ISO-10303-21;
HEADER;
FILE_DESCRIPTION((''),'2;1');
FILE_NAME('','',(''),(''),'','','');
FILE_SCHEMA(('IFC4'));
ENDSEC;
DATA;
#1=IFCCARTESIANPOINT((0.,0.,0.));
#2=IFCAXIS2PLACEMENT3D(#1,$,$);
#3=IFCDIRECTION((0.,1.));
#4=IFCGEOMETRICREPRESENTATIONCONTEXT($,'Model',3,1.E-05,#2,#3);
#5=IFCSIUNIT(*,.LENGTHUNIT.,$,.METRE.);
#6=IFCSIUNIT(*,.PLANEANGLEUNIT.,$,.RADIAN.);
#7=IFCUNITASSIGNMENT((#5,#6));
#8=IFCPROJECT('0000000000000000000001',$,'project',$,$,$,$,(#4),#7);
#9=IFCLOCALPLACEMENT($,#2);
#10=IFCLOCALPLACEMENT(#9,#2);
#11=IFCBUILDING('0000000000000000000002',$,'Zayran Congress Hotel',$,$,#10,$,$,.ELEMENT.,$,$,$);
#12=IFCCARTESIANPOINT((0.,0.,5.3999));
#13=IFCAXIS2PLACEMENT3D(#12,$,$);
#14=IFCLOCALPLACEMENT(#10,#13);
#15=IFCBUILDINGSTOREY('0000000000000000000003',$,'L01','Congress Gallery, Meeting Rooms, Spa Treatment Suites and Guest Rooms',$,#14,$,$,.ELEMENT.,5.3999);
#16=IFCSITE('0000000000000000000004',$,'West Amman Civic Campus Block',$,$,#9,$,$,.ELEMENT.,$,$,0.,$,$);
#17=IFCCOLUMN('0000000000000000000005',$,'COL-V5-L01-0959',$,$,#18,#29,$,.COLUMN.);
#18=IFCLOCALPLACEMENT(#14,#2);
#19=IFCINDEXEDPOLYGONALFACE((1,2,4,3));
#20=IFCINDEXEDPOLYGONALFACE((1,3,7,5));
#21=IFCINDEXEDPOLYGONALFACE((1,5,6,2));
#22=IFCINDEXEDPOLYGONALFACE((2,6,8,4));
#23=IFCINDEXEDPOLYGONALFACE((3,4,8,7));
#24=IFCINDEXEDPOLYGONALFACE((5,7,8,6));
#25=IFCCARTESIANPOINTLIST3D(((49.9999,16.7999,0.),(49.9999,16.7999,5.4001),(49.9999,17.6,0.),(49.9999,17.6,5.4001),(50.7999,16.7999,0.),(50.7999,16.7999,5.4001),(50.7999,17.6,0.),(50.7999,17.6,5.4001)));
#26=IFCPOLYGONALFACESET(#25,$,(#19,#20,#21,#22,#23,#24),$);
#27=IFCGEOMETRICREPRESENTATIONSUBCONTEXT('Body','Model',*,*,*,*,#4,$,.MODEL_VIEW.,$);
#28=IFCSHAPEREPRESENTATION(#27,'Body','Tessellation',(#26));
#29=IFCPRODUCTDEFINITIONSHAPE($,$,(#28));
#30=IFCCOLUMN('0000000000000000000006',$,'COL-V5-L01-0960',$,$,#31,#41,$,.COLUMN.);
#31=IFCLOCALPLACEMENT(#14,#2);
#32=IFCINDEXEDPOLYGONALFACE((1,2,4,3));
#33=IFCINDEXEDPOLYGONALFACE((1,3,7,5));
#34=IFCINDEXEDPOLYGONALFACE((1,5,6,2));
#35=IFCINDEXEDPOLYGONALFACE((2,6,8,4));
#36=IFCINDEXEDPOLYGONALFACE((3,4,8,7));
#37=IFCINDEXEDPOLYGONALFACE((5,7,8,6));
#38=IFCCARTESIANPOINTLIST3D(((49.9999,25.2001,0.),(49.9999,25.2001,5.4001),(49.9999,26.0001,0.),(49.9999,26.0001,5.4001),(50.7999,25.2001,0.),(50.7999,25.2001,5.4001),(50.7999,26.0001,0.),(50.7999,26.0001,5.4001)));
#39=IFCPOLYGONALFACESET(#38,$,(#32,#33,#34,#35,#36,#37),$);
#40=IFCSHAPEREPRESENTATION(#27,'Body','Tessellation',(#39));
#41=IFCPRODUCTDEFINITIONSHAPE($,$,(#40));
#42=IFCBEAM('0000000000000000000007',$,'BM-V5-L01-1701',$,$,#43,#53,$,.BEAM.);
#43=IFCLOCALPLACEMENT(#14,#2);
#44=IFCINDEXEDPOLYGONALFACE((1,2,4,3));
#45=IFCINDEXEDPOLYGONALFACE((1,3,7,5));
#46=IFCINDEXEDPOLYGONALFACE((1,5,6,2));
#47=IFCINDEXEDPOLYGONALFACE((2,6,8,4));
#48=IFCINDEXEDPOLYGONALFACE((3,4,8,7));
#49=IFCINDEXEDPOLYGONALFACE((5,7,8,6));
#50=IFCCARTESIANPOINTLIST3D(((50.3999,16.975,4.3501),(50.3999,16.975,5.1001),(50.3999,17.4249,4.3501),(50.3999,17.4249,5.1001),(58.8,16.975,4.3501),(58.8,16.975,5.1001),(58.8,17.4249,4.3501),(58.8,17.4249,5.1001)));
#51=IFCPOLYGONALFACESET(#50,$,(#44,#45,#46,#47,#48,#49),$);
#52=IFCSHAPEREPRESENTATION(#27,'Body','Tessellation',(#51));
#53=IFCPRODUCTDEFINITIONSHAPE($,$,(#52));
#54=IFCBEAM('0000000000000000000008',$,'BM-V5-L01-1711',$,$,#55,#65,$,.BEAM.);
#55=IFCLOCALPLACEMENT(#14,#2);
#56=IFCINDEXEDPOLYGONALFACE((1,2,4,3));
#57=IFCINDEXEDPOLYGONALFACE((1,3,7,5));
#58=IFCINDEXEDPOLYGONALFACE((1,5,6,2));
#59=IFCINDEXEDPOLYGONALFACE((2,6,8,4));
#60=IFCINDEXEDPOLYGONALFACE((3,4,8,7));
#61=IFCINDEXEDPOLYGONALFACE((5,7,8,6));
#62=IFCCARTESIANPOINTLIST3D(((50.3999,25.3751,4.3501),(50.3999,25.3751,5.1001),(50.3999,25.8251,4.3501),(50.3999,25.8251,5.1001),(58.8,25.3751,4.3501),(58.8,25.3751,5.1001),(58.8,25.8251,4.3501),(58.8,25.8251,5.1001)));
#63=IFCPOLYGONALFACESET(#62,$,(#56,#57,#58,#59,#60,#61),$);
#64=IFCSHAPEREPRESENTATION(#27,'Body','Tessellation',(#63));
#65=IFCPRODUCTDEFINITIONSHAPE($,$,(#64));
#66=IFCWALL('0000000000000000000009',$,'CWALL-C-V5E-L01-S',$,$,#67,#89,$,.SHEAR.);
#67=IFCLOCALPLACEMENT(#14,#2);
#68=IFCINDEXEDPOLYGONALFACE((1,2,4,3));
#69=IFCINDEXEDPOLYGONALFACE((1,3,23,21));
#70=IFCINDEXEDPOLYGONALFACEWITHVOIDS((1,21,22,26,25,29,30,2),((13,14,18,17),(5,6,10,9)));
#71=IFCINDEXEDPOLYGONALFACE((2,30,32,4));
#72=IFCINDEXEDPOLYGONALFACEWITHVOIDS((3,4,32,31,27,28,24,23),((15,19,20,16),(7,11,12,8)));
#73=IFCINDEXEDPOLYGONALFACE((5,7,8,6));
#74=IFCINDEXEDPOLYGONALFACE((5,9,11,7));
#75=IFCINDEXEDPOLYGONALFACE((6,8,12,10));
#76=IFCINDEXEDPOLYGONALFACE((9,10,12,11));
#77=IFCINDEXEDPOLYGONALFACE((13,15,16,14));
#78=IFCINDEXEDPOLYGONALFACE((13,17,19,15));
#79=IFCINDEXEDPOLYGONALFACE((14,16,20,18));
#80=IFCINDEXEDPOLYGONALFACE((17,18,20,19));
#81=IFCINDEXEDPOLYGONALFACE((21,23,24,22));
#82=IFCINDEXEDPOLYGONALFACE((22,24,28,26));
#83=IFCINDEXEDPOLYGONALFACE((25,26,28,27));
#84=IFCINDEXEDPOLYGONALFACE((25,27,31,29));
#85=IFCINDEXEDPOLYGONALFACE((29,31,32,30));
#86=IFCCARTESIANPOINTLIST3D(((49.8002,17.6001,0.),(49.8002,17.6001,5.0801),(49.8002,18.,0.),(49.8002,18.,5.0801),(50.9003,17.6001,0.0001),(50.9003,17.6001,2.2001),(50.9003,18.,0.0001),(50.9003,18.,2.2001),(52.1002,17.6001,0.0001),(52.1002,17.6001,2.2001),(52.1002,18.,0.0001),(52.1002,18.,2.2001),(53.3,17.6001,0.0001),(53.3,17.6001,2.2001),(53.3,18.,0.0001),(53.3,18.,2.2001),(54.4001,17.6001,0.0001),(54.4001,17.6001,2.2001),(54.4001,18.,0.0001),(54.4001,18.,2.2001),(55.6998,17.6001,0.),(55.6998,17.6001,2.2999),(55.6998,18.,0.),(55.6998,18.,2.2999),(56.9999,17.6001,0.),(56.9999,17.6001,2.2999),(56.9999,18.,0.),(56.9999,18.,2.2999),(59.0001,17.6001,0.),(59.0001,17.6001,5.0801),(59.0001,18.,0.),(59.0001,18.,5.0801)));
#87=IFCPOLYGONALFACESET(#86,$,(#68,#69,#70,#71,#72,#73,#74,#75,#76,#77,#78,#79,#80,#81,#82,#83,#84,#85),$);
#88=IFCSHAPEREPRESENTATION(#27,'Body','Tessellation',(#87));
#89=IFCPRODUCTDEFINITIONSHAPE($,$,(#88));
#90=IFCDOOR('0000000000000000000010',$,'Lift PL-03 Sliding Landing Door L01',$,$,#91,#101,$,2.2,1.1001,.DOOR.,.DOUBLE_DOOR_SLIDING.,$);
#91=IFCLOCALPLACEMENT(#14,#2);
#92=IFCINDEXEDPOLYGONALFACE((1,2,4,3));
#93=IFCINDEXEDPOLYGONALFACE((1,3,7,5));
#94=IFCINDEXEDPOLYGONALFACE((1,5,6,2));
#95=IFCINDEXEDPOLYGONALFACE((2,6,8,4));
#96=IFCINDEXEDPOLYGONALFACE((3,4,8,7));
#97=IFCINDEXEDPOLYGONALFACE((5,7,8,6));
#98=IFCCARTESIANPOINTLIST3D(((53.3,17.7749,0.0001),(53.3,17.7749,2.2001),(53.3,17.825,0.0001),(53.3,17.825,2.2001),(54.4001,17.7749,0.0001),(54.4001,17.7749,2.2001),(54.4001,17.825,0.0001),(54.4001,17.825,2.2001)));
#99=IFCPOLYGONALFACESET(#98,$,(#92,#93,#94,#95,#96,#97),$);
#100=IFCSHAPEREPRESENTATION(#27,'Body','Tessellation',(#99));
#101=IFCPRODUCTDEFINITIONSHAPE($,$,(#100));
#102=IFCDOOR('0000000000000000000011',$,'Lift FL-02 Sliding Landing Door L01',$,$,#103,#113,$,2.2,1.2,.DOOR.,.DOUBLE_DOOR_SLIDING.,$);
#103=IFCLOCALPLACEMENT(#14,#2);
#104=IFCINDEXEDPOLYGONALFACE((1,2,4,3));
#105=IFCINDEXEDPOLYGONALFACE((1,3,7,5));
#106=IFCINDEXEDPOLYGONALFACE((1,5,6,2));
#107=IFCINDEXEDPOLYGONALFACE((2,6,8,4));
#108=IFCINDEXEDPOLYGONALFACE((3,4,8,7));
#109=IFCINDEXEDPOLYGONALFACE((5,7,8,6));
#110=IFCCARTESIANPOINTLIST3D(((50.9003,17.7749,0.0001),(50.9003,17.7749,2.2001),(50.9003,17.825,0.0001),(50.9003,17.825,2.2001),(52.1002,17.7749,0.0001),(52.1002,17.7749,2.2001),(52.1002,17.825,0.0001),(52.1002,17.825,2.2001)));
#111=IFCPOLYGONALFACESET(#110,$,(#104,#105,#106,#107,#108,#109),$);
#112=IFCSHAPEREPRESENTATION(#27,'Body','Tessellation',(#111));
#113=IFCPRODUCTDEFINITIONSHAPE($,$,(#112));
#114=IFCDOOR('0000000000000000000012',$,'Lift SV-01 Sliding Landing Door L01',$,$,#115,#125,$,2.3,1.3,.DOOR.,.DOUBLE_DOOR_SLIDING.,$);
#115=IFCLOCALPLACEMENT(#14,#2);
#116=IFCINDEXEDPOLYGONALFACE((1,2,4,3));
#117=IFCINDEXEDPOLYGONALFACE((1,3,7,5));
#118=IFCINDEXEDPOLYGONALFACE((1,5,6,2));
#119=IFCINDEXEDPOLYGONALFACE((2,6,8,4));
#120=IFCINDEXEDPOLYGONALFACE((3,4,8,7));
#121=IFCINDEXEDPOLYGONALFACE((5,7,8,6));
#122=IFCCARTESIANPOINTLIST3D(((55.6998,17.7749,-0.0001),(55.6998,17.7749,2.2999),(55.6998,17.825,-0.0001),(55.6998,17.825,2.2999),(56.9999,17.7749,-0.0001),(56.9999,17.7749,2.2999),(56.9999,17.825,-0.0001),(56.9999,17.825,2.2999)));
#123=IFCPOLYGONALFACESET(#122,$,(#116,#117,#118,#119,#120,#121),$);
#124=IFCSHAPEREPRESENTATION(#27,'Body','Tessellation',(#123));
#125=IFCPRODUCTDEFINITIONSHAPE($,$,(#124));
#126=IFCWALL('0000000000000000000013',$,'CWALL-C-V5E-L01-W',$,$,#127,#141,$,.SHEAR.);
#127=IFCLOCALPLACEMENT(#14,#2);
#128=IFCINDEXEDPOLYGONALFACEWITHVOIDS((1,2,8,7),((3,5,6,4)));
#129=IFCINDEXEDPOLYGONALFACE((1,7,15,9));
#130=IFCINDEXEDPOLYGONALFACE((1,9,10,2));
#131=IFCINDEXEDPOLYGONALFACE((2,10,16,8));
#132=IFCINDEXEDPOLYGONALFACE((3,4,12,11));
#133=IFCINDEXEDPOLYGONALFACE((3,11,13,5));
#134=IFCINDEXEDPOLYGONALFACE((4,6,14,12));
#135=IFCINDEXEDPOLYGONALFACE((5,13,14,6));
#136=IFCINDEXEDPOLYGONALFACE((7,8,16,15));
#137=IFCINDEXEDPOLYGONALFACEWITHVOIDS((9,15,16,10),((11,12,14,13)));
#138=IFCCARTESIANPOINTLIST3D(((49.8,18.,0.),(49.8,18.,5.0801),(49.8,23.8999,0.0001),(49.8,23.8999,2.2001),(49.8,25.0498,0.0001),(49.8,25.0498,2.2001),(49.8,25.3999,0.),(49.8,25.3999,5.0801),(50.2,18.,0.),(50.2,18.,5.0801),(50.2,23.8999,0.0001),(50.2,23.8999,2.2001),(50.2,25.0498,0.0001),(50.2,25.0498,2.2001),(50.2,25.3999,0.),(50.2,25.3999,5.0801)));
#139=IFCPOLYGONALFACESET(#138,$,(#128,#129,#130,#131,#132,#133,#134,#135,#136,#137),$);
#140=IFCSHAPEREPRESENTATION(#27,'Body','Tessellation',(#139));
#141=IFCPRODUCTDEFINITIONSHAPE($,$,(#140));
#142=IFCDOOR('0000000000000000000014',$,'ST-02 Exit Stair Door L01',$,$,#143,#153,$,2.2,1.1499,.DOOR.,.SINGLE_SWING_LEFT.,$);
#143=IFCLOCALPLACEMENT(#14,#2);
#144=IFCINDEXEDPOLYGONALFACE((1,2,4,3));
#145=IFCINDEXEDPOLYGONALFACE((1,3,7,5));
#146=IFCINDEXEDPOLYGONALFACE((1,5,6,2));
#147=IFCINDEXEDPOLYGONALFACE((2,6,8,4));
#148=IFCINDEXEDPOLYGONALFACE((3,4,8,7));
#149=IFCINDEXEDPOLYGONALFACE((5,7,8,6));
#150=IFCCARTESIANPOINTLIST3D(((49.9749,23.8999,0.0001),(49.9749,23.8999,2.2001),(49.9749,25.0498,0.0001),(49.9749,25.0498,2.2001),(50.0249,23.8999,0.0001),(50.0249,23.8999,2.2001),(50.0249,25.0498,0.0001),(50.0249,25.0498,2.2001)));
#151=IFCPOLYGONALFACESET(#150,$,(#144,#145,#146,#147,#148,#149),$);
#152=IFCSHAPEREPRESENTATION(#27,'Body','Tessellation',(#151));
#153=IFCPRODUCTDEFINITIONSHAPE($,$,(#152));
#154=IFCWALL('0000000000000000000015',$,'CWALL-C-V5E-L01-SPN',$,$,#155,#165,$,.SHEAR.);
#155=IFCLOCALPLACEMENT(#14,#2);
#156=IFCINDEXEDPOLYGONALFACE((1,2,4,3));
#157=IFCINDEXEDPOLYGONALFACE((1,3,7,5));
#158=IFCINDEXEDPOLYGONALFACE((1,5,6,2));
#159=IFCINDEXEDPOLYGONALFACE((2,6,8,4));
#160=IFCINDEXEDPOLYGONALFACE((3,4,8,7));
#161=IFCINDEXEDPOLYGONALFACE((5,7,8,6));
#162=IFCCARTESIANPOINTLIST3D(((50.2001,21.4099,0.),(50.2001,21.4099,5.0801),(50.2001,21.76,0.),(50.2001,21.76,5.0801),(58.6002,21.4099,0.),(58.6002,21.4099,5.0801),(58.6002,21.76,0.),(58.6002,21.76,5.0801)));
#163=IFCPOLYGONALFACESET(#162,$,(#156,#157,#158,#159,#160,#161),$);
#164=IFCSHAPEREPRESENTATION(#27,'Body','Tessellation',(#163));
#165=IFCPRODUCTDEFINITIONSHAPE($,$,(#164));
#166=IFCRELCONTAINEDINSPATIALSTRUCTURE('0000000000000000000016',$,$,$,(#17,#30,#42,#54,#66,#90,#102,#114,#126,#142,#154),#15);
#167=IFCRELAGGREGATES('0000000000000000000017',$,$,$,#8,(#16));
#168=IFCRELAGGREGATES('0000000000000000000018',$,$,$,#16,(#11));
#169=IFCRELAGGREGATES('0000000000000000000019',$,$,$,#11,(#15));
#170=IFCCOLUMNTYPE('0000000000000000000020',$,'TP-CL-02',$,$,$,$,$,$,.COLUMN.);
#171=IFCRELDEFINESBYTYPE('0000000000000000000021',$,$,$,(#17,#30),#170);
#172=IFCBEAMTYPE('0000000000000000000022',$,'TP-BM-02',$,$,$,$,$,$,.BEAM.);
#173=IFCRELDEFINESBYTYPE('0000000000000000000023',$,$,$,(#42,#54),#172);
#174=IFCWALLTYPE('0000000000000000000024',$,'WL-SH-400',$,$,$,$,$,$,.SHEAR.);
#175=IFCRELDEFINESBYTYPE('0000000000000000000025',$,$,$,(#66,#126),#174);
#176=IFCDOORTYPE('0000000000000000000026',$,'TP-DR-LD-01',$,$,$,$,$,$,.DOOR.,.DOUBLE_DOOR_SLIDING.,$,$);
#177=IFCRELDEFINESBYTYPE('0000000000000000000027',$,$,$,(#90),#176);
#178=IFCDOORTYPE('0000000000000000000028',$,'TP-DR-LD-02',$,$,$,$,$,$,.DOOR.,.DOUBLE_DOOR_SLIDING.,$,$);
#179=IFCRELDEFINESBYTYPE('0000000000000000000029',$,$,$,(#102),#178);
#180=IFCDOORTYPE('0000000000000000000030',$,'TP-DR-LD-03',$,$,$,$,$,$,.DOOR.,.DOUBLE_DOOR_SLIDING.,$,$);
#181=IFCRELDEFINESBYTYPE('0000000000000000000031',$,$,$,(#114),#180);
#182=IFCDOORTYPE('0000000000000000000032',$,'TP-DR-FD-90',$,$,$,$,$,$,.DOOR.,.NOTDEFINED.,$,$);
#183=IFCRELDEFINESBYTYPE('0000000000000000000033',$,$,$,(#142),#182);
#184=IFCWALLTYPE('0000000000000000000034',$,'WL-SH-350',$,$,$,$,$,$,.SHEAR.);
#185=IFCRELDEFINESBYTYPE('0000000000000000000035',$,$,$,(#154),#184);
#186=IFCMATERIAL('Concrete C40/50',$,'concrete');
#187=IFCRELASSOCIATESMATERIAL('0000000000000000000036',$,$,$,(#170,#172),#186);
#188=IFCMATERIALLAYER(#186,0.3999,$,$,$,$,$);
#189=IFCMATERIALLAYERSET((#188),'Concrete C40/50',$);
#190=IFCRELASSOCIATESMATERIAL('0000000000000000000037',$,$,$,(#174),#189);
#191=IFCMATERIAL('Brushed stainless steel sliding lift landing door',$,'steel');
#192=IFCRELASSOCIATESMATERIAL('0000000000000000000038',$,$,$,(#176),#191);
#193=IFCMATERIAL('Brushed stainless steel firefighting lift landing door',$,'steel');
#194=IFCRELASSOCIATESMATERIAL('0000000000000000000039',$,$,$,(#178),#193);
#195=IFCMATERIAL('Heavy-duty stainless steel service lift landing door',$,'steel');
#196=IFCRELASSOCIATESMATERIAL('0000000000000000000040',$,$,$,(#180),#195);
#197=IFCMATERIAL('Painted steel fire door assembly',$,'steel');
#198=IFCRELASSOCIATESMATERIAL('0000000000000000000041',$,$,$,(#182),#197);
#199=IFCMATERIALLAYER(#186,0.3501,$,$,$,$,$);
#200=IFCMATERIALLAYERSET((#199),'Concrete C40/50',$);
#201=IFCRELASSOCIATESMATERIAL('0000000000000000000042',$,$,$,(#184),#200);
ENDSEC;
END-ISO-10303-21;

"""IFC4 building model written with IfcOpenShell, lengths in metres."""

from ifc_helpers import new_model, si_unit, direction, frame, frame_2d, origin, origin_2d, place, context, subcontext, project, spatial, rectangle, extrude, material, layer, layer_set, material_profile, profile_set, type_object, element, fill, save


model = new_model("IFC4")

# Units and contexts
model_context = context("Model", 3, precision=1e-05, world=origin(), true_north=direction((0.0, 1.0)))
body_context = subcontext(model_context, "Body", "Model", "MODEL_VIEW")
ifc_project = project(units=[si_unit("LENGTHUNIT", "METRE"), si_unit("PLANEANGLEUNIT", "RADIAN")], contexts=[model_context])

# Site, building, storey
site_placement = place(None, origin())
site = spatial("IfcSite", under=ifc_project, at=site_placement, Name="West Amman Civic Campus Block", CompositionType="ELEMENT", RefElevation=0.0)
building_placement = place(site_placement, origin())
building = spatial("IfcBuilding", under=site, at=building_placement, Name="Zayran Congress Hotel", CompositionType="ELEMENT")
storey_placement = place(building_placement, frame((0.0, 0.0, 5.3999)))
storey = spatial("IfcBuildingStorey", under=building, at=storey_placement, Name="L01", Description="Congress Gallery, Meeting Rooms, Spa Treatment Suites and Guest Rooms", CompositionType="ELEMENT", Elevation=5.3999)

# Columns
ifc_material_1 = material(Name="Concrete C40/50", Category="concrete")
ifc_material_profile_1 = material_profile(ifc_material_1, rectangle(XDim=0.8, YDim=0.8, at=origin_2d()), Name="RC 800x800")
ifc_profile_set_1 = profile_set([ifc_material_profile_1], Name="Concrete C40/50")
column_type = type_object("IfcColumnType", Name="TP-CL-02", PredefinedType="COLUMN", material=ifc_profile_set_1)
for number, where, z_axis, x_axis, name in (
    (1, (50.3999, 17.2, 0.0), (0.0, 0.0, 1.0), (1.0, 0.0, 0.0), "COL-V5-L01-0959"),
    (2, (50.3999, 25.6001, 0.0), (0.0, 0.0, 1.0), (1.0, 0.0, 0.0), "COL-V5-L01-0960"),
):
    element("IfcColumn", number, at=place(storey_placement, frame(where, z_axis=z_axis, x_axis=x_axis)), inside=storey, type_object=column_type, Name=name, PredefinedType="COLUMN", context=body_context, shape_type="SweptSolid", body=[
        extrude(rectangle(XDim=0.8, YDim=0.8, at=origin_2d()), origin(), (0.0, 0.0, 1.0), 5.4001),
    ])

# Beams
ifc_material_profile_2 = material_profile(ifc_material_1, rectangle(XDim=0.45, YDim=0.75, at=origin_2d()), Name="RC 450x750")
ifc_profile_set_2 = profile_set([ifc_material_profile_2], Name="Concrete C40/50")
beam_type = type_object("IfcBeamType", Name="TP-BM-02", PredefinedType="BEAM", material=ifc_profile_set_2)
for number, where, z_axis, x_axis, name in (
    (3, (50.3999, 17.2, 4.7251), (1.0, 0.0, 0.0), (0.0, 1.0, 0.0), "BM-V5-L01-1701"),
    (4, (50.3999, 25.6001, 4.7251), (1.0, 0.0, 0.0), (0.0, 1.0, 0.0), "BM-V5-L01-1711"),
):
    element("IfcBeam", number, at=place(storey_placement, frame(where, z_axis=z_axis, x_axis=x_axis)), inside=storey, type_object=beam_type, Name=name, PredefinedType="BEAM", context=body_context, shape_type="SweptSolid", body=[
        extrude(rectangle(XDim=0.45, YDim=0.75, at=origin_2d()), origin(), (0.0, 0.0, 1.0), 8.4001),
    ])

# Wall, openings, doors
ifc_layer_1 = layer(ifc_material_1, 0.3999)
ifc_layer_set_1 = layer_set([ifc_layer_1], Name="Concrete C40/50")
wall_type_1 = type_object("IfcWallType", Name="WL-SH-400", PredefinedType="SHEAR", material=ifc_layer_set_1)
wall_1_placement = place(storey_placement, frame((49.8, 17.8, 0.0), z_axis=(0.0, 0.0, 1.0), x_axis=(1.0, 0.0, 0.0)))
wall_1 = element("IfcWall", 5, at=wall_1_placement, inside=storey, type_object=wall_type_1, Name="CWALL-C-V5E-L01-S", PredefinedType="SHEAR", context=body_context, shape_type="SweptSolid", body=[
    extrude(rectangle(XDim=9.2, YDim=0.3999, at=frame_2d((4.6001, 0.0))), origin(), (0.0, 0.0, 1.0), 5.0801),
])
opening_1_placement = place(wall_1_placement, frame((1.1001, 0.0, 0.0)))
opening_1 = element("IfcOpeningElement", 6, at=opening_1_placement, cuts=wall_1, PredefinedType="OPENING", context=body_context, shape_type="SweptSolid", body=[
    extrude(rectangle(XDim=1.2, YDim=2.2, at=frame_2d((0.6001, 1.1001))), frame((0.0, 0.21, 0.0), z_axis=(0.0, -1.0, 0.0), x_axis=(1.0, 0.0, 0.0)), (0.0, 0.0, 1.0), 0.4199),
])
opening_2_placement = place(wall_1_placement, frame((3.5, 0.0, 0.0)))
opening_2 = element("IfcOpeningElement", 7, at=opening_2_placement, cuts=wall_1, PredefinedType="OPENING", context=body_context, shape_type="SweptSolid", body=[
    extrude(rectangle(XDim=1.1001, YDim=2.2, at=frame_2d((0.55, 1.1001))), frame((0.0, 0.21, 0.0), z_axis=(0.0, -1.0, 0.0), x_axis=(1.0, 0.0, 0.0)), (0.0, 0.0, 1.0), 0.4199),
])
opening_3_placement = place(wall_1_placement, frame((5.8999, 0.0, 0.0)))
opening_3 = element("IfcOpeningElement", 8, at=opening_3_placement, cuts=wall_1, PredefinedType="OPENING", context=body_context, shape_type="SweptSolid", body=[
    extrude(rectangle(XDim=1.3, YDim=2.3, at=frame_2d((0.6499, 1.1499))), frame((0.0, 0.21, 0.0), z_axis=(0.0, -1.0, 0.0), x_axis=(1.0, 0.0, 0.0)), (0.0, 0.0, 1.0), 0.4199),
])
ifc_material_2 = material(Name="Brushed stainless steel sliding lift landing door", Category="steel")
door_type_1 = type_object("IfcDoorType", Name="TP-DR-LD-01", OperationType="DOUBLE_DOOR_SLIDING", PredefinedType="DOOR", material=ifc_material_2)
door_1_placement = place(opening_2_placement, origin())
door_1 = element("IfcDoor", 9, at=door_1_placement, inside=storey, type_object=door_type_1, Name="Lift PL-03 Sliding Landing Door L01", OperationType="DOUBLE_DOOR_SLIDING", OverallHeight=2.2, OverallWidth=1.1001, PredefinedType="DOOR", context=body_context, shape_type="SweptSolid", body=[
    extrude(rectangle(XDim=1.1001, YDim=2.2, at=frame_2d((0.55, 1.1001))), frame((0.0, 0.0249, 0.0), z_axis=(0.0, -1.0, 0.0), x_axis=(1.0, 0.0, 0.0)), (0.0, 0.0, 1.0), 0.05),
])
fill(opening_2, door_1)
ifc_material_3 = material(Name="Brushed stainless steel firefighting lift landing door", Category="steel")
door_type_2 = type_object("IfcDoorType", Name="TP-DR-LD-02", OperationType="DOUBLE_DOOR_SLIDING", PredefinedType="DOOR", material=ifc_material_3)
door_2_placement = place(opening_1_placement, origin())
door_2 = element("IfcDoor", 10, at=door_2_placement, inside=storey, type_object=door_type_2, Name="Lift FL-02 Sliding Landing Door L01", OperationType="DOUBLE_DOOR_SLIDING", OverallHeight=2.2, OverallWidth=1.2, PredefinedType="DOOR", context=body_context, shape_type="SweptSolid", body=[
    extrude(rectangle(XDim=1.2, YDim=2.2, at=frame_2d((0.6001, 1.1001))), frame((0.0, 0.0249, 0.0), z_axis=(0.0, -1.0, 0.0), x_axis=(1.0, 0.0, 0.0)), (0.0, 0.0, 1.0), 0.05),
])
fill(opening_1, door_2)
ifc_material_4 = material(Name="Heavy-duty stainless steel service lift landing door", Category="steel")
door_type_3 = type_object("IfcDoorType", Name="TP-DR-LD-03", OperationType="DOUBLE_DOOR_SLIDING", PredefinedType="DOOR", material=ifc_material_4)
door_3_placement = place(opening_3_placement, origin())
door_3 = element("IfcDoor", 11, at=door_3_placement, inside=storey, type_object=door_type_3, Name="Lift SV-01 Sliding Landing Door L01", OperationType="DOUBLE_DOOR_SLIDING", OverallHeight=2.3, OverallWidth=1.3, PredefinedType="DOOR", context=body_context, shape_type="SweptSolid", body=[
    extrude(rectangle(XDim=1.3, YDim=2.3, at=frame_2d((0.6499, 1.1499))), frame((0.0, 0.0249, 0.0), z_axis=(0.0, -1.0, 0.0), x_axis=(1.0, 0.0, 0.0)), (0.0, 0.0, 1.0), 0.05),
])
fill(opening_3, door_3)

# Wall, opening, door
wall_2_placement = place(storey_placement, frame((50.0, 25.3999, 0.0), z_axis=(0.0, 0.0, 1.0), x_axis=(0.0, -1.0, 0.0)))
wall_2 = element("IfcWall", 12, at=wall_2_placement, inside=storey, type_object=wall_type_1, Name="CWALL-C-V5E-L01-W", PredefinedType="SHEAR", context=body_context, shape_type="SweptSolid", body=[
    extrude(rectangle(XDim=7.3999, YDim=0.3999, at=frame_2d((3.7, 0.0))), origin(), (0.0, 0.0, 1.0), 5.0801),
])
opening_4_placement = place(wall_2_placement, frame((0.3501, 0.0, 0.0)))
opening_4 = element("IfcOpeningElement", 13, at=opening_4_placement, cuts=wall_2, PredefinedType="OPENING", context=body_context, shape_type="SweptSolid", body=[
    extrude(rectangle(XDim=1.1499, YDim=2.2, at=frame_2d((0.575, 1.1001))), frame((0.0, 0.21, 0.0), z_axis=(0.0, -1.0, 0.0), x_axis=(1.0, 0.0, 0.0)), (0.0, 0.0, 1.0), 0.4199),
])
ifc_material_5 = material(Name="Painted steel fire door assembly", Category="steel")
door_type_4 = type_object("IfcDoorType", Name="TP-DR-FD-90", OperationType="NOTDEFINED", PredefinedType="DOOR", material=ifc_material_5)
door_4_placement = place(opening_4_placement, origin())
door_4 = element("IfcDoor", 14, at=door_4_placement, inside=storey, type_object=door_type_4, Name="ST-02 Exit Stair Door L01", OperationType="SINGLE_SWING_LEFT", OverallHeight=2.2, OverallWidth=1.1499, PredefinedType="DOOR", context=body_context, shape_type="SweptSolid", body=[
    extrude(rectangle(XDim=1.1499, YDim=2.2, at=frame_2d((0.575, 1.1001))), frame((0.0, 0.0249, 0.0), z_axis=(0.0, -1.0, 0.0), x_axis=(1.0, 0.0, 0.0)), (0.0, 0.0, 1.0), 0.05),
])
fill(opening_4, door_4)

# Wall
ifc_layer_2 = layer(ifc_material_1, 0.3501)
ifc_layer_set_2 = layer_set([ifc_layer_2], Name="Concrete C40/50")
wall_type_2 = type_object("IfcWallType", Name="WL-SH-350", PredefinedType="SHEAR", material=ifc_layer_set_2)
wall_3_placement = place(storey_placement, frame((50.2, 21.585, 0.0), z_axis=(0.0, 0.0, 1.0), x_axis=(1.0, 0.0, 0.0)))
element("IfcWall", 15, at=wall_3_placement, inside=storey, type_object=wall_type_2, Name="CWALL-C-V5E-L01-SPN", PredefinedType="SHEAR", context=body_context, shape_type="SweptSolid", body=[
    extrude(rectangle(XDim=8.4001, YDim=0.3501, at=frame_2d((4.2002, 0.0))), origin(), (0.0, 0.0, 1.0), 5.0801),
])

save(model, "model.ifc")
